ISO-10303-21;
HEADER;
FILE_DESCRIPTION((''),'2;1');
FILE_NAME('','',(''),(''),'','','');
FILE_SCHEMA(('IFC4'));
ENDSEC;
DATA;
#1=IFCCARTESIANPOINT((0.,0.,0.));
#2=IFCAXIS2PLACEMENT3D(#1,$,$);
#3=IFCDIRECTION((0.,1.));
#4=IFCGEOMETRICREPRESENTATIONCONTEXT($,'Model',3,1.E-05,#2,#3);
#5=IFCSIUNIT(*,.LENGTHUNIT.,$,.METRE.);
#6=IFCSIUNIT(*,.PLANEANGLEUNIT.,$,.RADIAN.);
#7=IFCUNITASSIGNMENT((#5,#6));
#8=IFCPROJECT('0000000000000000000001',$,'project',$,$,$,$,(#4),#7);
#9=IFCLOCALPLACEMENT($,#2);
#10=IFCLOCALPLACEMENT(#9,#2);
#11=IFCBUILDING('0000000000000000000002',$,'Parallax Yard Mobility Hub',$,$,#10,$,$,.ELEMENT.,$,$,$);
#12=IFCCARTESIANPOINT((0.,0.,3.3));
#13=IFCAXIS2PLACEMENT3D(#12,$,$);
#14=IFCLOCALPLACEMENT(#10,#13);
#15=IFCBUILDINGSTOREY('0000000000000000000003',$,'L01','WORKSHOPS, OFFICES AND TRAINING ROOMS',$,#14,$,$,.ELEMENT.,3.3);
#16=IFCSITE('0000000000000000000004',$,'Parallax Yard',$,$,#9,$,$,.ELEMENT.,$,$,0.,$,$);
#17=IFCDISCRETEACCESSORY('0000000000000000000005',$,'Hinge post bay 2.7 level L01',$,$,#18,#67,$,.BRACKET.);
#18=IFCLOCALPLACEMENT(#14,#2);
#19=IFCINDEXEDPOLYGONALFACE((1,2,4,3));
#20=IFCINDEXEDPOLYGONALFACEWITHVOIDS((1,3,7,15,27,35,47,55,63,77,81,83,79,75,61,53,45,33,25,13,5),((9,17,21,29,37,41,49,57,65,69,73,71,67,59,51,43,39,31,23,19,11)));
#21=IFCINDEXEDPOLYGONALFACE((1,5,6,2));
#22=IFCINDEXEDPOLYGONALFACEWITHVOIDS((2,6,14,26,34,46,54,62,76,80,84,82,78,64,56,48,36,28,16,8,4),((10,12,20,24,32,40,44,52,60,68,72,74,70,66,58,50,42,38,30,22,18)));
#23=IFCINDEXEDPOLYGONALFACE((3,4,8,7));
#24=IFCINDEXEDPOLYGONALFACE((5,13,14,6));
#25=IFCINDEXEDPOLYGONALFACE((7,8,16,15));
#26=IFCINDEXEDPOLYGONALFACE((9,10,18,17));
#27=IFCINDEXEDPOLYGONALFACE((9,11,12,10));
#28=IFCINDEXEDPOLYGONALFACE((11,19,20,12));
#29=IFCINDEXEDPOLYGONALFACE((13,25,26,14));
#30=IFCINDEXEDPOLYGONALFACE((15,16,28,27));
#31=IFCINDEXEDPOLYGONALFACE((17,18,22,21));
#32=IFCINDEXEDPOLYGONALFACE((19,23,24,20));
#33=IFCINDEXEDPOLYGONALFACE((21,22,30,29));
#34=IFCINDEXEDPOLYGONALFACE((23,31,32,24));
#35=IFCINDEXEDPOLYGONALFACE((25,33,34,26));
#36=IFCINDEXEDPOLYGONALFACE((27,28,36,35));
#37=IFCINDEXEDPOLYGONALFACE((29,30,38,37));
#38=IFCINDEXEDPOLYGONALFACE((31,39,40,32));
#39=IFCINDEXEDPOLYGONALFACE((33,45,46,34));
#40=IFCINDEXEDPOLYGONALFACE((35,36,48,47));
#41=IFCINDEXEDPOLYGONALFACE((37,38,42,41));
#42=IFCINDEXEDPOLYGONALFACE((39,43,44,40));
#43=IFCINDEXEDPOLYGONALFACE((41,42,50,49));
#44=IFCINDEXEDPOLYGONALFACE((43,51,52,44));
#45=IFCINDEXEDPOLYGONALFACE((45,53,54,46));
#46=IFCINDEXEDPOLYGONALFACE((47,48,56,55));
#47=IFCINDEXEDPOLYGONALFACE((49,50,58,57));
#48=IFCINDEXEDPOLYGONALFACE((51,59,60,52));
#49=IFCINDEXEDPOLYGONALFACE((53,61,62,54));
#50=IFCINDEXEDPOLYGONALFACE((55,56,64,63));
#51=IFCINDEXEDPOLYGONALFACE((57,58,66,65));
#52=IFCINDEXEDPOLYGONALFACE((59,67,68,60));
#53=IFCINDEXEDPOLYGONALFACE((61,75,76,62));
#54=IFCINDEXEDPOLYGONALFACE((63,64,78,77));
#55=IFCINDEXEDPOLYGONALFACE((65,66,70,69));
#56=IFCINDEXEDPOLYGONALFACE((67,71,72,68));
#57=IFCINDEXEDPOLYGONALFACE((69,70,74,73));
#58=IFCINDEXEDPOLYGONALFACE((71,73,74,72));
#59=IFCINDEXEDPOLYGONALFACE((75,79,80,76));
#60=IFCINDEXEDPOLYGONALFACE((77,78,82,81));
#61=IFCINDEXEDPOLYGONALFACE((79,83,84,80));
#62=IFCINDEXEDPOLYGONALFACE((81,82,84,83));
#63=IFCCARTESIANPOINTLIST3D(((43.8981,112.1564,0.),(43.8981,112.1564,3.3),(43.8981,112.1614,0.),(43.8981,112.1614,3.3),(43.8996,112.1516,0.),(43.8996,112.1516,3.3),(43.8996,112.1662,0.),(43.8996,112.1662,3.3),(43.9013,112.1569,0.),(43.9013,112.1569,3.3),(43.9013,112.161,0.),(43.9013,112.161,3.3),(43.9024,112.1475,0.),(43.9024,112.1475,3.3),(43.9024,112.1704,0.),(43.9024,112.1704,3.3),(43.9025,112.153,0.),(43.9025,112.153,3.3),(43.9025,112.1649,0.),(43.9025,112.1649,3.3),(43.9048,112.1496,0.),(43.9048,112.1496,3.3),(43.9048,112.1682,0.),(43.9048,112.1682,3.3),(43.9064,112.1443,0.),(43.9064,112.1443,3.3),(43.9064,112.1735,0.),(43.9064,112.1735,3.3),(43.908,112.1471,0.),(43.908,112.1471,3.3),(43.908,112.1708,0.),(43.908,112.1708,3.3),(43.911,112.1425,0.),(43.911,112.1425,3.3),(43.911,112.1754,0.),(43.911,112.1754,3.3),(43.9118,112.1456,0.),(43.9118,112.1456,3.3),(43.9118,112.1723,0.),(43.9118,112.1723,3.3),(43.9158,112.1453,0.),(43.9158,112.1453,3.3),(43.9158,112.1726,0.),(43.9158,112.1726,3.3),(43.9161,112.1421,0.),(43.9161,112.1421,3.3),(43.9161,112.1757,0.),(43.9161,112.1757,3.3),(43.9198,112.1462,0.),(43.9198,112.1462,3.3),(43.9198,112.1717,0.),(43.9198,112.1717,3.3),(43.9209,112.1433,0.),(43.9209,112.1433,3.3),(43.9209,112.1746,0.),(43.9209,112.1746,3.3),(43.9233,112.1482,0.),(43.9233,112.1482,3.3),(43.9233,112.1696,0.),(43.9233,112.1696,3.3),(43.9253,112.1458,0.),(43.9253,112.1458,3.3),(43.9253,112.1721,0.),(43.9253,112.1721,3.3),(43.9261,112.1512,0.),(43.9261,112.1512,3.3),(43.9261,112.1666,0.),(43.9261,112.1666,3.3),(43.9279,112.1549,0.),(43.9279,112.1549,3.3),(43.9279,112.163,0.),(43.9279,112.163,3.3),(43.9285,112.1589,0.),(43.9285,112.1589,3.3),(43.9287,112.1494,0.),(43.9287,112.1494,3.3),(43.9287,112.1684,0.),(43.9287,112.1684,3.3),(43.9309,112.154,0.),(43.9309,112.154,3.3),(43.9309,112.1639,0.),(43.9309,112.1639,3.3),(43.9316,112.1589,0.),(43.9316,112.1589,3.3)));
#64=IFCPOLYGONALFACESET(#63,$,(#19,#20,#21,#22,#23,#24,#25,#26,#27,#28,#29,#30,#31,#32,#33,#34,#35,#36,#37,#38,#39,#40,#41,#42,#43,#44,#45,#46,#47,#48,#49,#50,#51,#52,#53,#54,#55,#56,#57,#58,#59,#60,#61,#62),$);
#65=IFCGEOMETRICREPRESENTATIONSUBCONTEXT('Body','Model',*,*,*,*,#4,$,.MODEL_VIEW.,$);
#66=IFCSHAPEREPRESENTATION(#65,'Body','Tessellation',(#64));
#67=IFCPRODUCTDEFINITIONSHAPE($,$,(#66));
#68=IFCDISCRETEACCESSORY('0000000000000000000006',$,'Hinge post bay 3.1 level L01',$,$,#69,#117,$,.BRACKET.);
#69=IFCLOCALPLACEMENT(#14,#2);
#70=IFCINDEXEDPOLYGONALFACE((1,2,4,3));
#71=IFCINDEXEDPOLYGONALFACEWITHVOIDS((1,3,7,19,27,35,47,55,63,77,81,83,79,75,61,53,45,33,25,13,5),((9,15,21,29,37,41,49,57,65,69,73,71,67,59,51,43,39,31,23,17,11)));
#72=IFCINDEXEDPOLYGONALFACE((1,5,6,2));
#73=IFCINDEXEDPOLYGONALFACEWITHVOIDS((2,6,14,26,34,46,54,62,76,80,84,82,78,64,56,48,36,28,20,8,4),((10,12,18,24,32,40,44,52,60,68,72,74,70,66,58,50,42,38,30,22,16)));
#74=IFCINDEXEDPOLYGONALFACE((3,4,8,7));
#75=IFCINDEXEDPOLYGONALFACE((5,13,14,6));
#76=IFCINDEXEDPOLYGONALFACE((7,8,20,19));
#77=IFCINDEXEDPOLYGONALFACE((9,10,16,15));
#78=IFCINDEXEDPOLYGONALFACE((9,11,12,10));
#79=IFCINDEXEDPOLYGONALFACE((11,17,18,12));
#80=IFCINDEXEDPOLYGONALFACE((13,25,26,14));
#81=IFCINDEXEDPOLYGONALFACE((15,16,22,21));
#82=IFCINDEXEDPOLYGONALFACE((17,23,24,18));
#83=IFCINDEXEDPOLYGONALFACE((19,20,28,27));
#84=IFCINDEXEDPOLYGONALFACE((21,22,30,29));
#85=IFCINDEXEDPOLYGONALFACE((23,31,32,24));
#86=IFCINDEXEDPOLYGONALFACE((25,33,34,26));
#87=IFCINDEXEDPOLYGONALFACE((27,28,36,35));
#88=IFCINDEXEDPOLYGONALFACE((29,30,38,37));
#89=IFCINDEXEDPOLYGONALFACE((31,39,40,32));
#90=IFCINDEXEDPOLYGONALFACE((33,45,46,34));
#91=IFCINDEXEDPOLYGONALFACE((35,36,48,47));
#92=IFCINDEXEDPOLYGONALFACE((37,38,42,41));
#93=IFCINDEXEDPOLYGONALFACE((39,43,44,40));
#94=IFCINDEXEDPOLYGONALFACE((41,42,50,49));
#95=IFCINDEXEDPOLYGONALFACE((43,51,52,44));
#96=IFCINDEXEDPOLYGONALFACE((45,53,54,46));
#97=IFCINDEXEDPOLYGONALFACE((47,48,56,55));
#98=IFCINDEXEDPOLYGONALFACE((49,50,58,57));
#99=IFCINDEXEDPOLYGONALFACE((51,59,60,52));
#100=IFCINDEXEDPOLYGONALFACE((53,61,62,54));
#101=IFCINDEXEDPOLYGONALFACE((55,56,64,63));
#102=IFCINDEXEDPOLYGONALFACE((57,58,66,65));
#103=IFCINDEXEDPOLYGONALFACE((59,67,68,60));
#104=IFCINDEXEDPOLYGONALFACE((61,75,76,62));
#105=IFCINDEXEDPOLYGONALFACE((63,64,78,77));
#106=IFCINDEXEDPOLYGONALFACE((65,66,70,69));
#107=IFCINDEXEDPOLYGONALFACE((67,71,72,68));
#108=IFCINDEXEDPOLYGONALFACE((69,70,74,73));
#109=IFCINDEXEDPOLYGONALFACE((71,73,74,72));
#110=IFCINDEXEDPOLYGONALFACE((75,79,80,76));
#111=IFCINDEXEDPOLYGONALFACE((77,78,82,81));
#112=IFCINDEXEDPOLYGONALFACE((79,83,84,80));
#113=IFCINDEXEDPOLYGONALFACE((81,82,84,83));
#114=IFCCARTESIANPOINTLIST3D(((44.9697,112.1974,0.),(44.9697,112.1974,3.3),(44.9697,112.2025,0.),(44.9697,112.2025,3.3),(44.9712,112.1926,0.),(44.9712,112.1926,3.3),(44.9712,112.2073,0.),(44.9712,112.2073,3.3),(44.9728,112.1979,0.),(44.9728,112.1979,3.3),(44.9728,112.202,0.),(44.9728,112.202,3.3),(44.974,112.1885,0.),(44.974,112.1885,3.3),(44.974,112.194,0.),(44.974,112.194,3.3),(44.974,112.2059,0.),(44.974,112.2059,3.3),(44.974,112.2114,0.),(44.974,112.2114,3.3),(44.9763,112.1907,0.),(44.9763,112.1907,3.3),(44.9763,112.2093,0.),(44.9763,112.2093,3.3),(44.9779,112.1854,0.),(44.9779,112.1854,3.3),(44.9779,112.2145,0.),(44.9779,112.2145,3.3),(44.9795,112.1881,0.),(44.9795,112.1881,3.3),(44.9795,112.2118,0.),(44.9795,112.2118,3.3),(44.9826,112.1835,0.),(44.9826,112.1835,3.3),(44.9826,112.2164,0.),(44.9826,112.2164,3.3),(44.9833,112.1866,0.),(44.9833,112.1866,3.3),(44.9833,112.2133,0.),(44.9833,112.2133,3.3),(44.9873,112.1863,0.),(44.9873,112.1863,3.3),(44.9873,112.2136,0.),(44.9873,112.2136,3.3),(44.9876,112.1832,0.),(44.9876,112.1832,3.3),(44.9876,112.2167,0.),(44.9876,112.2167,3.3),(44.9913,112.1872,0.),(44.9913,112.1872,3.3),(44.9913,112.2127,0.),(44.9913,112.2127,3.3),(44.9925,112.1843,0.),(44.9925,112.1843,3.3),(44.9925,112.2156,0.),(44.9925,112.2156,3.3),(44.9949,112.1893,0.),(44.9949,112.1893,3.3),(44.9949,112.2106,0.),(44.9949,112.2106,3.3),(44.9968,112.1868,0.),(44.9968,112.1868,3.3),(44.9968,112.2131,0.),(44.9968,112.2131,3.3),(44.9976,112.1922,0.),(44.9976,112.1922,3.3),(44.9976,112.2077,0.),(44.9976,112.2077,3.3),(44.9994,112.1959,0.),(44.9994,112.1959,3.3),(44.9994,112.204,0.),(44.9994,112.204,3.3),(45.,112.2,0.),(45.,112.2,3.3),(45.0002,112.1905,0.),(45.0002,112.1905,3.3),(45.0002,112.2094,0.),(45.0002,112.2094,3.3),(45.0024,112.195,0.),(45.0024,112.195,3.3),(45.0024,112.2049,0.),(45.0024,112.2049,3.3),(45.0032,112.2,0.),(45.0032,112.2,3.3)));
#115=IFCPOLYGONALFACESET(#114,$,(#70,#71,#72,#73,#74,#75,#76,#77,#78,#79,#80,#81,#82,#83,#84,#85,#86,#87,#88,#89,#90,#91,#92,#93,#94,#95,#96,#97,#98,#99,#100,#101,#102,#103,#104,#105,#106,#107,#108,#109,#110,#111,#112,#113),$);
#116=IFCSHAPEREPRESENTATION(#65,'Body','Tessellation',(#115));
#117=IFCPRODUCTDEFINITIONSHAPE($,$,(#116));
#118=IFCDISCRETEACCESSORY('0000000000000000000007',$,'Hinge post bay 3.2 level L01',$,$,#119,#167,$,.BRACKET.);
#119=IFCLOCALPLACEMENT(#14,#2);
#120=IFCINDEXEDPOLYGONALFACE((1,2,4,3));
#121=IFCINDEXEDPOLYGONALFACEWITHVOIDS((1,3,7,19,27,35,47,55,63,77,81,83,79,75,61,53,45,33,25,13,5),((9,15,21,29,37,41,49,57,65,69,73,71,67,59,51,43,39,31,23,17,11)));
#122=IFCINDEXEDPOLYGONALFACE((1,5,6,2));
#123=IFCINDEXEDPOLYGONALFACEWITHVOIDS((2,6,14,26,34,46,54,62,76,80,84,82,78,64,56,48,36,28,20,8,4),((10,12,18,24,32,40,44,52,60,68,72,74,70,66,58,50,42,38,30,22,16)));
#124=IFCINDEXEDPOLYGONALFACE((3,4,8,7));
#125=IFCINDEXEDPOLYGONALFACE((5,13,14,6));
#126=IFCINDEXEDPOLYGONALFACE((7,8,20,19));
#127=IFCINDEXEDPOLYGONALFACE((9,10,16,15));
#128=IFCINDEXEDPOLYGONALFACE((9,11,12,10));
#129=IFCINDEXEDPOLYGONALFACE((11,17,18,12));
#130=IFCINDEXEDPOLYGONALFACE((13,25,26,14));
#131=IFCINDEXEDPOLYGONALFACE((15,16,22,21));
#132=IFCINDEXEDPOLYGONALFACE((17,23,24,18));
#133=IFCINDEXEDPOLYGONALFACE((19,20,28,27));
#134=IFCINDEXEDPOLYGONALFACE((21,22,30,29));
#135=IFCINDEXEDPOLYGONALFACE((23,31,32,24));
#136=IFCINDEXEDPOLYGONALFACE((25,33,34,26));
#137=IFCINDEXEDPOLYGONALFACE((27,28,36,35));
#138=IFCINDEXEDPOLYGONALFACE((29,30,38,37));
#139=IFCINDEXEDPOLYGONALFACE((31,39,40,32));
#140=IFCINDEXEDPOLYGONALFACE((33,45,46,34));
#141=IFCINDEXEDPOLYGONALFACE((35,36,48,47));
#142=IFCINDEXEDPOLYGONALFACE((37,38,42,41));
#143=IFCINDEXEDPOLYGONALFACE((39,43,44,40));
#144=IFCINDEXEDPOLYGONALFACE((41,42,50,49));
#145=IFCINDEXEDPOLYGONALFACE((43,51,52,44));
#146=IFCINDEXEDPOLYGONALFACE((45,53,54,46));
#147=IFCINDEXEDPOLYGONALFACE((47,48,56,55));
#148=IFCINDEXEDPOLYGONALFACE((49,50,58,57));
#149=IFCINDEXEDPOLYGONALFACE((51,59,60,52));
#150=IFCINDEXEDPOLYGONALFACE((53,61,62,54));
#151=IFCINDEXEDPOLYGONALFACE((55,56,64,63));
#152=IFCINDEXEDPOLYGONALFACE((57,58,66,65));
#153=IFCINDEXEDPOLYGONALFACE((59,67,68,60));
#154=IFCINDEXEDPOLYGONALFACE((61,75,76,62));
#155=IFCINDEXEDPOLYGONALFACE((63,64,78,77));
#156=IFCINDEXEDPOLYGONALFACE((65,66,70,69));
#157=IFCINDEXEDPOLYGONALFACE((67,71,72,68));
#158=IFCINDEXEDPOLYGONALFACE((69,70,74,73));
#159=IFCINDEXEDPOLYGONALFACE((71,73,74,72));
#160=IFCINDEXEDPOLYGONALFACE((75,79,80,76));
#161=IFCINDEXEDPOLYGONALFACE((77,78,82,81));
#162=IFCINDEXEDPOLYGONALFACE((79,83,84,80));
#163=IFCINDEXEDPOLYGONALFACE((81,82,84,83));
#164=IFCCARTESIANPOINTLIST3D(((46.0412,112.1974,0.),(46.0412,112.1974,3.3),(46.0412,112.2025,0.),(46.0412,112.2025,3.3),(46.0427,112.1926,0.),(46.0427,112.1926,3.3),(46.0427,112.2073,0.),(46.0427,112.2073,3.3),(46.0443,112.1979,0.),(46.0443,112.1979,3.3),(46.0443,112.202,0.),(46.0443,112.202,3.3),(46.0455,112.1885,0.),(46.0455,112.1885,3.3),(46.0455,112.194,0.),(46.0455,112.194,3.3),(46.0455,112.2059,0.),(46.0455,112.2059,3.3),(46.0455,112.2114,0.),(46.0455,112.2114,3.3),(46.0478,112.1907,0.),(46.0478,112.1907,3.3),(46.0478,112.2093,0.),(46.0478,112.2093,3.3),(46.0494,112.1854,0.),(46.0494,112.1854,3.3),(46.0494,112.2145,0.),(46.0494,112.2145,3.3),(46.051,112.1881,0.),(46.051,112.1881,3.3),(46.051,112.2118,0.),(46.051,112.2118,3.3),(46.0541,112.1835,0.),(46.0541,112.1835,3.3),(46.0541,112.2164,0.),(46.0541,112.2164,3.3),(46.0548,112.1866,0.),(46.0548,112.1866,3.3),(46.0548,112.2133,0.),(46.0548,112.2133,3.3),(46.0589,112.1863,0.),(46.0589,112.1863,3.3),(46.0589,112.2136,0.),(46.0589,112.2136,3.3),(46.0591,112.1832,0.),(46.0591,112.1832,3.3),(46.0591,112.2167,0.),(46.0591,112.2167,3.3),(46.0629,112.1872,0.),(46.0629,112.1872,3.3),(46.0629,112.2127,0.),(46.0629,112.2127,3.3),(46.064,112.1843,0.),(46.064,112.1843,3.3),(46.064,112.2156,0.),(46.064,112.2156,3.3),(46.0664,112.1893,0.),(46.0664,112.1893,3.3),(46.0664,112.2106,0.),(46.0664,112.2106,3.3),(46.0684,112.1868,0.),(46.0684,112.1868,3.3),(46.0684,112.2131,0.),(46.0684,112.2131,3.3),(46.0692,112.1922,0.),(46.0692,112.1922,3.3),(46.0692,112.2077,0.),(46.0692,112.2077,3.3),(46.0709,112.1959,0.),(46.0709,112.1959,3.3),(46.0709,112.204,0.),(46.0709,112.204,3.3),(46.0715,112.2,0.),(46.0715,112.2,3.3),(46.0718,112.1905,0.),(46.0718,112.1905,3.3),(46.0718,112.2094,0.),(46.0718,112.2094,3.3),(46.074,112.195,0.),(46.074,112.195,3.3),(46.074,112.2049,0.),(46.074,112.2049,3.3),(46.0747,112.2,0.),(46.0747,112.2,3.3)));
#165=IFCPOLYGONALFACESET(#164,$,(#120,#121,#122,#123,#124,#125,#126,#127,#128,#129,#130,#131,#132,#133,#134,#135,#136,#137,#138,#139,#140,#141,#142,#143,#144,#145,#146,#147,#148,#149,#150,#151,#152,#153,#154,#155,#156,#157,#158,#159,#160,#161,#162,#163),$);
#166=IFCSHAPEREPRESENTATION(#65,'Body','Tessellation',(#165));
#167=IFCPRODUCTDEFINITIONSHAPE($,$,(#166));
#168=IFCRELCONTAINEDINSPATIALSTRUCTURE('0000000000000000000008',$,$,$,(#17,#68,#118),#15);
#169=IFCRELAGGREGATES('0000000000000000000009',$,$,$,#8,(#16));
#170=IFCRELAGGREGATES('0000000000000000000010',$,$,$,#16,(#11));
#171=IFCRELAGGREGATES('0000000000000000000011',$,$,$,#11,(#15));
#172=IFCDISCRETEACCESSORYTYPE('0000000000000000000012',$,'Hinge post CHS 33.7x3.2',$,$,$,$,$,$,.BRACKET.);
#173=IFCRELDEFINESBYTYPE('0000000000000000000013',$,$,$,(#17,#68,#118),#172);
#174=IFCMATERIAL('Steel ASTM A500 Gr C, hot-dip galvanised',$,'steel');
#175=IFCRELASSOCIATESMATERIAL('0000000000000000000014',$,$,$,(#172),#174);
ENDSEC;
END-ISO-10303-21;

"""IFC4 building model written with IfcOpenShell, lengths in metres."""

from ifc_helpers import new_model, si_unit, direction, frame, origin, origin_2d, place, context, subcontext, project, spatial, hollow_circle, extrude, material, material_profile, profile_set, type_object, element, save


model = new_model("IFC4")

# Units and contexts
model_context = context("Model", 3, precision=1e-05, world=origin(), true_north=direction((0.0, 1.0)))
body_context = subcontext(model_context, "Body", "Model", "MODEL_VIEW")
ifc_project = project(units=[si_unit("LENGTHUNIT", "METRE"), si_unit("PLANEANGLEUNIT", "RADIAN")], contexts=[model_context])

# Site, building, storey
site_placement = place(None, origin())
site = spatial("IfcSite", under=ifc_project, at=site_placement, Name="Parallax Yard", CompositionType="ELEMENT", RefElevation=0.0)
building_placement = place(site_placement, origin())
building = spatial("IfcBuilding", under=site, at=building_placement, Name="Parallax Yard Mobility Hub", CompositionType="ELEMENT")
storey_placement = place(building_placement, frame((0.0, 0.0, 3.3)))
storey = spatial("IfcBuildingStorey", under=building, at=storey_placement, Name="L01", Description="WORKSHOPS, OFFICES AND TRAINING ROOMS", CompositionType="ELEMENT", Elevation=3.3)

# Discrete accessories
ifc_material_1 = material(Name="Steel ASTM A500 Gr C, hot-dip galvanised", Category="steel")
ifc_material_profile_1 = material_profile(ifc_material_1, hollow_circle(Radius=0.0168, WallThickness=0.0032, at=origin_2d()), Name="CHS 33.7x3.2")
ifc_profile_set_1 = profile_set([ifc_material_profile_1], Name="Steel ASTM A500 Gr C, hot-dip galvanised")
discrete_accessory_type_1 = type_object("IfcDiscreteAccessoryType", Name="Hinge post CHS 33.7x3.2", PredefinedType="BRACKET", material=ifc_profile_set_1)
for number, where, z_axis, x_axis, name in (
    (1, (43.9148, 112.1589, 0.0), (0.0, 0.0, 1.0), (1.0, 0.0, 0.0), "Hinge post bay 2.7 level L01"),
    (2, (44.9863, 112.2, 0.0), (0.0, 0.0, 1.0), (1.0, 0.0, 0.0), "Hinge post bay 3.1 level L01"),
    (3, (46.0579, 112.2, 0.0), (0.0, 0.0, 1.0), (1.0, 0.0, 0.0), "Hinge post bay 3.2 level L01"),
):
    element("IfcDiscreteAccessory", number, at=place(storey_placement, frame(where, z_axis=z_axis, x_axis=x_axis)), inside=storey, type_object=discrete_accessory_type_1, Name=name, PredefinedType="BRACKET", context=body_context, shape_type="SweptSolid", body=[
        extrude(hollow_circle(Radius=0.0168, WallThickness=0.0032, at=origin_2d()), origin(), (0.0, 0.0, 1.0), 3.3),
    ])

save(model, "model.ifc")
